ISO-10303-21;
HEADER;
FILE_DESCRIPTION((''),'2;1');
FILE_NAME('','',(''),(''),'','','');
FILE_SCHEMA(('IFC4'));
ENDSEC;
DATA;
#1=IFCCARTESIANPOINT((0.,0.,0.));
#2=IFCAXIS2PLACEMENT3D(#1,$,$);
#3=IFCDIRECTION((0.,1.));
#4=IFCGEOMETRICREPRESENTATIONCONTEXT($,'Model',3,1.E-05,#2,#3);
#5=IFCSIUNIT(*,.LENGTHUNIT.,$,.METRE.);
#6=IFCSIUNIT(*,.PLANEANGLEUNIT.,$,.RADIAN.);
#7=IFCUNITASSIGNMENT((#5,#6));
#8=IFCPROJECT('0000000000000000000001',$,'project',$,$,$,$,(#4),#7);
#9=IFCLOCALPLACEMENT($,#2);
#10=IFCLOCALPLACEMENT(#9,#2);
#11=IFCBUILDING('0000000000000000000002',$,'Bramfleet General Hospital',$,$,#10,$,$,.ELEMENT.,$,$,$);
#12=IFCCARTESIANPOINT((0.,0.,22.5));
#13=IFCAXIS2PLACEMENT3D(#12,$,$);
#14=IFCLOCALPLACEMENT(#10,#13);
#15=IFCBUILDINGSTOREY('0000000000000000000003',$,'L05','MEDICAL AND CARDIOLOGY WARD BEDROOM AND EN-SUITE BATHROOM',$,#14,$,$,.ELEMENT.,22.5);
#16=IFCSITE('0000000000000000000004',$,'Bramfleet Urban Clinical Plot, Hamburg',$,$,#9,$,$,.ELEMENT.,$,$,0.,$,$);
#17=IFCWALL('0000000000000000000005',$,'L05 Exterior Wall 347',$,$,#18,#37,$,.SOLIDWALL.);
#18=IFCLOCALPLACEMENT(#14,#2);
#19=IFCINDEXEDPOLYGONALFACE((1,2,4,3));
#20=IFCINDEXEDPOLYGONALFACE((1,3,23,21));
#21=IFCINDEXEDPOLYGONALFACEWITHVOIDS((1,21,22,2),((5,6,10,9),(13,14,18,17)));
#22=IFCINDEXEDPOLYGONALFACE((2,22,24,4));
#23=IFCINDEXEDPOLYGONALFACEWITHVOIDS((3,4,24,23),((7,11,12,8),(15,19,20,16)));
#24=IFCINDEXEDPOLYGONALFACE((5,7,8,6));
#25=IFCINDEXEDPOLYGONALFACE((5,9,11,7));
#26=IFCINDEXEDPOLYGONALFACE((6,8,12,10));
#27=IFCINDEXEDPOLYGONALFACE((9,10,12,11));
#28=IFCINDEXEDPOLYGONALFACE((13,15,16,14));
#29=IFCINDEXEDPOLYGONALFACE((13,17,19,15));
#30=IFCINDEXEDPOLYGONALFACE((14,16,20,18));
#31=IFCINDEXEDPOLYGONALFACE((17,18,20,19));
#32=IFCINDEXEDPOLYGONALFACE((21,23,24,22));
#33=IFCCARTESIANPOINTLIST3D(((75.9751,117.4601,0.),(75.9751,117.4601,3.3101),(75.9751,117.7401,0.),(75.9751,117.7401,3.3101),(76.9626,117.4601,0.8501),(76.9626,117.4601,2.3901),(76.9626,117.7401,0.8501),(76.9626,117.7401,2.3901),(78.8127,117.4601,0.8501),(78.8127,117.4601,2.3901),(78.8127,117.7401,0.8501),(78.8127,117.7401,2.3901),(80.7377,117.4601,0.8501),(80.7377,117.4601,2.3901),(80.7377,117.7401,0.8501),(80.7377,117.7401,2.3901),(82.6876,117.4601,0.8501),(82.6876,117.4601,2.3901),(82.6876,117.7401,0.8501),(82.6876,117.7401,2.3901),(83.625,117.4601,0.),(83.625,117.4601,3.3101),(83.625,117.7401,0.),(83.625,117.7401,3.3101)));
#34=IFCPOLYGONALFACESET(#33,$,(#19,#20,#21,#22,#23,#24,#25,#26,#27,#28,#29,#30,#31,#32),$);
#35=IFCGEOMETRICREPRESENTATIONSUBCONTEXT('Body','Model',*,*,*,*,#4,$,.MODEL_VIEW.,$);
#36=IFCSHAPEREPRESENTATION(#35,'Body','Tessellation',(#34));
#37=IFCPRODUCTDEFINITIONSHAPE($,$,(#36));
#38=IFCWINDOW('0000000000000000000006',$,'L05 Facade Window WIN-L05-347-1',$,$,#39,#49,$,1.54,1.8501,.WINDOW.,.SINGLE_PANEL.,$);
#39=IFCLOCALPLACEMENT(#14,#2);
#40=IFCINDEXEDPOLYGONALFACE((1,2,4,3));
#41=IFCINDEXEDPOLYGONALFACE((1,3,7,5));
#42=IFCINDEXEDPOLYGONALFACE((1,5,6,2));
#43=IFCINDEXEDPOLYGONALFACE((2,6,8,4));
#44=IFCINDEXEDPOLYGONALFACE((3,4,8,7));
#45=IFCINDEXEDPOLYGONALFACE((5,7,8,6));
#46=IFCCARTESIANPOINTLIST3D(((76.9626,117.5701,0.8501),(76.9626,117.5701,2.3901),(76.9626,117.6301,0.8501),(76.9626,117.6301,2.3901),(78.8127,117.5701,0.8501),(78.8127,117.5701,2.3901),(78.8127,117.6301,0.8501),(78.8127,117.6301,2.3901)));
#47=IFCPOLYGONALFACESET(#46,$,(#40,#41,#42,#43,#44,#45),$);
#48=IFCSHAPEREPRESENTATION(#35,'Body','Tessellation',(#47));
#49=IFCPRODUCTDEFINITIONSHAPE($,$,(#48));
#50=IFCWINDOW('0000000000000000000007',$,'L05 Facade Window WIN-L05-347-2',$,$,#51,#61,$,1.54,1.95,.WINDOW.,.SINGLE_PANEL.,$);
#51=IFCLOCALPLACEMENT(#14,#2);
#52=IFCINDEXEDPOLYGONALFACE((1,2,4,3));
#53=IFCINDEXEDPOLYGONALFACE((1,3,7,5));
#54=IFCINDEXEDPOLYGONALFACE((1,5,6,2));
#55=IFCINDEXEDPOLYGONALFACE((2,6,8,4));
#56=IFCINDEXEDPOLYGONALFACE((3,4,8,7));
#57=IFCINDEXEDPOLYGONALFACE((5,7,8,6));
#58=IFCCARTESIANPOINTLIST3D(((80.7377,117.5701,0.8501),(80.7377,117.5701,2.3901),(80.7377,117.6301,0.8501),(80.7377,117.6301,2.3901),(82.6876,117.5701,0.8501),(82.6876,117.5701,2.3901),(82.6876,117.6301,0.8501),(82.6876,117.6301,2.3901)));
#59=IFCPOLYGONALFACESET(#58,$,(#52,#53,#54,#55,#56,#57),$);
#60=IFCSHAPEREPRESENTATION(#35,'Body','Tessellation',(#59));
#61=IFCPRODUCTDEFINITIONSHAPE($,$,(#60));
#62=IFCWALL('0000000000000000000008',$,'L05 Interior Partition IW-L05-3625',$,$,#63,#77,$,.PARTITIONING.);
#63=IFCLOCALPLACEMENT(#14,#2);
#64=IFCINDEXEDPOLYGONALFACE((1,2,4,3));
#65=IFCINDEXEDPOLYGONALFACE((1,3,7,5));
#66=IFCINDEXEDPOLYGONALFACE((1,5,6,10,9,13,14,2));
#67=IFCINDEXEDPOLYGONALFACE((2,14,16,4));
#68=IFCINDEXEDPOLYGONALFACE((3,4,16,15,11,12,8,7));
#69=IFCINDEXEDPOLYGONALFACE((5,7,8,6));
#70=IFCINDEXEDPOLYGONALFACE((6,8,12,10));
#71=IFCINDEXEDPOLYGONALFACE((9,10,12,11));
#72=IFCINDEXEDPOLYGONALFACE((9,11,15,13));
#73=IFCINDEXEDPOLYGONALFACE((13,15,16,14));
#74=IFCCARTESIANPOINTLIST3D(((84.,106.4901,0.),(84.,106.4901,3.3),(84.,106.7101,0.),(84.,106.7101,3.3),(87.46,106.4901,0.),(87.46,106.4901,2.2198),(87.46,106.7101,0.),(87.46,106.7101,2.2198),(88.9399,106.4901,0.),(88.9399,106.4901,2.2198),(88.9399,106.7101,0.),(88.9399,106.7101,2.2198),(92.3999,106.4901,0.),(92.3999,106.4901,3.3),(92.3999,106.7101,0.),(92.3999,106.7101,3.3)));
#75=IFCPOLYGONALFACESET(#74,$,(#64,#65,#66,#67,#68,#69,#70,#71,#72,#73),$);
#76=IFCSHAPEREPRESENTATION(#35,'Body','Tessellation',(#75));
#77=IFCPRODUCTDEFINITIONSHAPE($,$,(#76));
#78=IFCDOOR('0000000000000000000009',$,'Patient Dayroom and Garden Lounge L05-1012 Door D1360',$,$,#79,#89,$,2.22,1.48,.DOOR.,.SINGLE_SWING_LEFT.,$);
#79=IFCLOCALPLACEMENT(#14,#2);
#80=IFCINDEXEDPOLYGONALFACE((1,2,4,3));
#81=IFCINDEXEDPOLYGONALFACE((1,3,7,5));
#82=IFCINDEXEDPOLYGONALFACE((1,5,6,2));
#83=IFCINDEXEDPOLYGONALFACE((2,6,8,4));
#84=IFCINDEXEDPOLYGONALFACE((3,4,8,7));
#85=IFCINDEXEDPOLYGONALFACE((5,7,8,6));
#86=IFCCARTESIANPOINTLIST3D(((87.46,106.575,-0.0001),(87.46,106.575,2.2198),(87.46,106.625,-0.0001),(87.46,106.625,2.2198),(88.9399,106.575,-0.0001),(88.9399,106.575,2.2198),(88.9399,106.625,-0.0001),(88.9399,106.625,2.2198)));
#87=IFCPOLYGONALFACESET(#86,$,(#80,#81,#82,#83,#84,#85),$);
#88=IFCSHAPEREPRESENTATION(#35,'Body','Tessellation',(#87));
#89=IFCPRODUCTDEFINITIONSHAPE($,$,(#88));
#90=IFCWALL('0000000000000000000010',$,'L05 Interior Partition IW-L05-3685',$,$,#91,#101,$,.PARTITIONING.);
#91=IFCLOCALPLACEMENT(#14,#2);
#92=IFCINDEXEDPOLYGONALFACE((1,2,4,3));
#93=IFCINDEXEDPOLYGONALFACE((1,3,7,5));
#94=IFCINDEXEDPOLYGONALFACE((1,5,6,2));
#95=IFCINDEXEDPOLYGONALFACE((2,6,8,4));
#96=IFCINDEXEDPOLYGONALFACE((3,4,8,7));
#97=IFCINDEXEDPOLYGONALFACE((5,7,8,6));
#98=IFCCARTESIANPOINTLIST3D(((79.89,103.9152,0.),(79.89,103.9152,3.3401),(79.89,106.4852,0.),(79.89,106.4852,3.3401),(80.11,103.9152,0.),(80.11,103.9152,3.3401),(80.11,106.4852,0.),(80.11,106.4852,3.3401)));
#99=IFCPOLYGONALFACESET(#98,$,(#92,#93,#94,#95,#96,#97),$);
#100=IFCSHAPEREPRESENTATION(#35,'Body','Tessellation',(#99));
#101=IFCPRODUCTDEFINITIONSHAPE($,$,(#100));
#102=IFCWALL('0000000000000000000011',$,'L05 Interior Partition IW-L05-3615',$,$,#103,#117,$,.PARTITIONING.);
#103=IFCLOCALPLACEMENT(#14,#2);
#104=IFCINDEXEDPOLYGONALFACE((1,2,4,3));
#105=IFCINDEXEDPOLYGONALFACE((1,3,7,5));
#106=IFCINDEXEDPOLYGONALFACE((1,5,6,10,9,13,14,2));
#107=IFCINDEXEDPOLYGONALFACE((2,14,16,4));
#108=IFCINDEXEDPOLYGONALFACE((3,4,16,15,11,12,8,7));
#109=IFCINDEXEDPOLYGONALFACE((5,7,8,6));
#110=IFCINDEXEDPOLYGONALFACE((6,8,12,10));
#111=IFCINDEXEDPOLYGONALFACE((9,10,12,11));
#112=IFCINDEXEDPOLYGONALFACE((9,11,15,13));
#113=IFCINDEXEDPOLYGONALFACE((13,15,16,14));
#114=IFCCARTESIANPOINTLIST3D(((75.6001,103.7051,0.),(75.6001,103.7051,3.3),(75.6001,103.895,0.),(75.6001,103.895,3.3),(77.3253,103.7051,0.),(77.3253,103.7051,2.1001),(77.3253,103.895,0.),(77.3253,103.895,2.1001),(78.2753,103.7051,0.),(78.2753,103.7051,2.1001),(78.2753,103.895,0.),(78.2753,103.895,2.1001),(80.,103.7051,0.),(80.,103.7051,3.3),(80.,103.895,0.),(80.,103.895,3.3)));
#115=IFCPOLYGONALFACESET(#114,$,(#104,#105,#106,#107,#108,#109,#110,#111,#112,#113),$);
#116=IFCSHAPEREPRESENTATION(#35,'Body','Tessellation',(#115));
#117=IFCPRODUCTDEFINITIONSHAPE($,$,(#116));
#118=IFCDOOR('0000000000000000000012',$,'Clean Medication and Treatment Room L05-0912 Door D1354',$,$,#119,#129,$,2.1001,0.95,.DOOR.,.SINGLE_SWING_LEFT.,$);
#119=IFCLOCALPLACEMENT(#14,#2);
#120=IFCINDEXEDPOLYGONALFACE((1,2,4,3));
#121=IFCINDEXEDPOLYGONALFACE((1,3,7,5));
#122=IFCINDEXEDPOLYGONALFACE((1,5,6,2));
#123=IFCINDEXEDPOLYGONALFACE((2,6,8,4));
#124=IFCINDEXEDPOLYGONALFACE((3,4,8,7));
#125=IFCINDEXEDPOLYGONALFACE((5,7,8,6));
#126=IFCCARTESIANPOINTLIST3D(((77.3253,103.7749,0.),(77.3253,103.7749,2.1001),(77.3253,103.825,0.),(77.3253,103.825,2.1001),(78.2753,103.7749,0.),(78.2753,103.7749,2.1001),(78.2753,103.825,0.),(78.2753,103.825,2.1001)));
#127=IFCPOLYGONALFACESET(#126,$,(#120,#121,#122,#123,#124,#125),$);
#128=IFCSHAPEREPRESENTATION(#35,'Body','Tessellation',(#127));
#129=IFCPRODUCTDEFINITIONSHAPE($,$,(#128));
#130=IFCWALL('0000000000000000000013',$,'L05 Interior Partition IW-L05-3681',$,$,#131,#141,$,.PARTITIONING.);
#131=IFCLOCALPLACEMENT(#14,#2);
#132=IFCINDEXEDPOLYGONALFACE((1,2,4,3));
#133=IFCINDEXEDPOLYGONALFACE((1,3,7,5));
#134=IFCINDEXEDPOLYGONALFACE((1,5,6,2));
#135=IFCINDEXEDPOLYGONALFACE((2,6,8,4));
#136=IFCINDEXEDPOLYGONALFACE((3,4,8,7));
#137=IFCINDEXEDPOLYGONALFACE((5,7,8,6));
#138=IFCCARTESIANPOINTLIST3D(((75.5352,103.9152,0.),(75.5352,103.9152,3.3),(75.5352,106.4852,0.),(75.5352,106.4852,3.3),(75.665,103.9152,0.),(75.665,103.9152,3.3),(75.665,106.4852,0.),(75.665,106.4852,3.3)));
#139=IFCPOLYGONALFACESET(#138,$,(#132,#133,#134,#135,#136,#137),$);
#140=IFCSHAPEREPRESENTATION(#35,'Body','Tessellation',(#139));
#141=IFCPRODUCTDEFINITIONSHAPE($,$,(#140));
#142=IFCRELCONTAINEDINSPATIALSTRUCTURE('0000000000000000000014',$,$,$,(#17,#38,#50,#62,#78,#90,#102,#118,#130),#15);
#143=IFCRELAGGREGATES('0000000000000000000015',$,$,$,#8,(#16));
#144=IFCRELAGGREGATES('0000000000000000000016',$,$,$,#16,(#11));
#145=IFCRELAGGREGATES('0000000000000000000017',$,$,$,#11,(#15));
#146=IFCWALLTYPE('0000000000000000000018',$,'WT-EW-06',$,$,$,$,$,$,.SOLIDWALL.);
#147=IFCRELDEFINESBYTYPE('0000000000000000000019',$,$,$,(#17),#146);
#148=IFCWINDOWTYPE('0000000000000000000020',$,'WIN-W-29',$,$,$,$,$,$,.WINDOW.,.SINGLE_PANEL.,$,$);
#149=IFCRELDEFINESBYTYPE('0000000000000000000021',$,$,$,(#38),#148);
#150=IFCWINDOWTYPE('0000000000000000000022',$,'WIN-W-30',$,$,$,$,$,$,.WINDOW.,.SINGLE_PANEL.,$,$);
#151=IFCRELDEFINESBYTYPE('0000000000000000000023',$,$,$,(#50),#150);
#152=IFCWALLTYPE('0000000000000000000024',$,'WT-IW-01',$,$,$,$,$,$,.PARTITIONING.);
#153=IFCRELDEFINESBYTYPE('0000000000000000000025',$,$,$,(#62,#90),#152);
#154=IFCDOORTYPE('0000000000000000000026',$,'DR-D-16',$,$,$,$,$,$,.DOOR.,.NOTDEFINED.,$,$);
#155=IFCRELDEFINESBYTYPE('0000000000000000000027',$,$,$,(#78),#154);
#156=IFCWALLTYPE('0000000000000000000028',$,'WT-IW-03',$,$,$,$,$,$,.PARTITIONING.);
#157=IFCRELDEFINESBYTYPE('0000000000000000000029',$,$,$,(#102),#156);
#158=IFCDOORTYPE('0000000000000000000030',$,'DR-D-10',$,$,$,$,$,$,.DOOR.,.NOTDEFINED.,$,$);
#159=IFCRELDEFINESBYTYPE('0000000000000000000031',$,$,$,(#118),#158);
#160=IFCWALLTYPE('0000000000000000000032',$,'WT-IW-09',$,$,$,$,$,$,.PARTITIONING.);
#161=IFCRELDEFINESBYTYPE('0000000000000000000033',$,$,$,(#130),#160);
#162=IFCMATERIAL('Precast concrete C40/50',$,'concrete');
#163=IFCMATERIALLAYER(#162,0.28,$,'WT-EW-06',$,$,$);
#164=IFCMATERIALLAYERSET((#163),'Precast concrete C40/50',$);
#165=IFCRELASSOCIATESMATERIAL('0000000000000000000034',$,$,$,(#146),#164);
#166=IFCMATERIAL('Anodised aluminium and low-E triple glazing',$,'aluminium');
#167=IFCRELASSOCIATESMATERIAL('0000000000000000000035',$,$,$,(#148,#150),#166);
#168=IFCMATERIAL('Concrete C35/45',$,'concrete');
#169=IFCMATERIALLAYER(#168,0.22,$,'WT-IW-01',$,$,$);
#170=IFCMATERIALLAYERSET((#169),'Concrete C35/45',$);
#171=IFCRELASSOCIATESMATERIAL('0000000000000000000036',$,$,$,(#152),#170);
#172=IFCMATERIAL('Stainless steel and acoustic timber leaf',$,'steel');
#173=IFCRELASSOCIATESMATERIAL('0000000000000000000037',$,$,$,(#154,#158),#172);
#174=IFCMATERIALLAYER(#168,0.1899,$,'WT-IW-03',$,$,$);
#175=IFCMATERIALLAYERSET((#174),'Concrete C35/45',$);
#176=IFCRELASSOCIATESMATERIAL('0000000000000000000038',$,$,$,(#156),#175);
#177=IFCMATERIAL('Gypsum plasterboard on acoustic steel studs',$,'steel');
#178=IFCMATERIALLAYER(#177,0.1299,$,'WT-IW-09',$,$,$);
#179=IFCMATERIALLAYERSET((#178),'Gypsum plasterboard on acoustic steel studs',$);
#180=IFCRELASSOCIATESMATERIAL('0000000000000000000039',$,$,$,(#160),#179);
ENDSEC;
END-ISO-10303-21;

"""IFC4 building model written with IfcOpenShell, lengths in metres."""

from ifc_helpers import new_model, si_unit, direction, frame, frame_2d, origin, place, context, subcontext, project, spatial, rectangle, extrude, material, layer, layer_set, type_object, element, fill, save


model = new_model("IFC4")

# Units and contexts
model_context = context("Model", 3, precision=1e-05, world=origin(), true_north=direction((0.0, 1.0)))
body_context = subcontext(model_context, "Body", "Model", "MODEL_VIEW")
ifc_project = project(units=[si_unit("LENGTHUNIT", "METRE"), si_unit("PLANEANGLEUNIT", "RADIAN")], contexts=[model_context])

# Site, building, storey
site_placement = place(None, origin())
site = spatial("IfcSite", under=ifc_project, at=site_placement, Name="Bramfleet Urban Clinical Plot, Hamburg", CompositionType="ELEMENT", RefElevation=0.0)
building_placement = place(site_placement, origin())
building = spatial("IfcBuilding", under=site, at=building_placement, Name="Bramfleet General Hospital", CompositionType="ELEMENT")
storey_placement = place(building_placement, frame((0.0, 0.0, 22.5)))
storey = spatial("IfcBuildingStorey", under=building, at=storey_placement, Name="L05", Description="MEDICAL AND CARDIOLOGY WARD BEDROOM AND EN-SUITE BATHROOM", CompositionType="ELEMENT", Elevation=22.5)

# Wall, openings, windows
ifc_material_1 = material(Name="Precast concrete C40/50", Category="concrete")
ifc_layer_1 = layer(ifc_material_1, 0.28, Name="WT-EW-06")
ifc_layer_set_1 = layer_set([ifc_layer_1], Name="Precast concrete C40/50")
wall_type_1 = type_object("IfcWallType", Name="WT-EW-06", PredefinedType="SOLIDWALL", material=ifc_layer_set_1)
wall_1_placement = place(storey_placement, frame((75.9751, 117.6001, 0.0), z_axis=(0.0, 0.0, 1.0), x_axis=(1.0, 0.0, 0.0)))
wall_1 = element("IfcWall", 1, at=wall_1_placement, inside=storey, type_object=wall_type_1, Name="L05 Exterior Wall 347", PredefinedType="SOLIDWALL", context=body_context, shape_type="SweptSolid", body=[
    extrude(rectangle(XDim=7.6499, YDim=0.28, at=frame_2d((3.825, 0.0))), origin(), (0.0, 0.0, 1.0), 3.3101),
])
opening_1_placement = place(wall_1_placement, frame((0.9875, 0.0, 0.8501)))
opening_1 = element("IfcOpeningElement", 2, at=opening_1_placement, cuts=wall_1, PredefinedType="OPENING", context=body_context, shape_type="SweptSolid", body=[
    extrude(rectangle(XDim=1.8501, YDim=1.54, at=frame_2d((0.925, 0.77))), frame((0.0, 0.1499, 0.0), z_axis=(0.0, -1.0, 0.0), x_axis=(1.0, 0.0, 0.0)), (0.0, 0.0, 1.0), 0.3),
])
opening_2_placement = place(wall_1_placement, frame((4.7625, 0.0, 0.8501)))
opening_2 = element("IfcOpeningElement", 3, at=opening_2_placement, cuts=wall_1, PredefinedType="OPENING", context=body_context, shape_type="SweptSolid", body=[
    extrude(rectangle(XDim=1.95, YDim=1.54, at=frame_2d((0.9751, 0.77))), frame((0.0, 0.1499, 0.0), z_axis=(0.0, -1.0, 0.0), x_axis=(1.0, 0.0, 0.0)), (0.0, 0.0, 1.0), 0.3),
])
ifc_material_2 = material(Name="Anodised aluminium and low-E triple glazing", Category="aluminium")
window_type_1 = type_object("IfcWindowType", Name="WIN-W-29", PartitioningType="SINGLE_PANEL", PredefinedType="WINDOW", material=ifc_material_2)
window_1_placement = place(opening_1_placement, origin())
window_1 = element("IfcWindow", 4, at=window_1_placement, inside=storey, type_object=window_type_1, Name="L05 Facade Window WIN-L05-347-1", OverallHeight=1.54, OverallWidth=1.8501, PartitioningType="SINGLE_PANEL", PredefinedType="WINDOW", context=body_context, shape_type="SweptSolid", body=[
    extrude(rectangle(XDim=1.8501, YDim=1.54, at=frame_2d((0.925, 0.77))), frame((0.0, 0.03, 0.0), z_axis=(0.0, -1.0, 0.0), x_axis=(1.0, 0.0, 0.0)), (0.0, 0.0, 1.0), 0.0601),
])
fill(opening_1, window_1)
window_type_2 = type_object("IfcWindowType", Name="WIN-W-30", PartitioningType="SINGLE_PANEL", PredefinedType="WINDOW", material=ifc_material_2)
window_2_placement = place(opening_2_placement, origin())
window_2 = element("IfcWindow", 5, at=window_2_placement, inside=storey, type_object=window_type_2, Name="L05 Facade Window WIN-L05-347-2", OverallHeight=1.54, OverallWidth=1.95, PartitioningType="SINGLE_PANEL", PredefinedType="WINDOW", context=body_context, shape_type="SweptSolid", body=[
    extrude(rectangle(XDim=1.95, YDim=1.54, at=frame_2d((0.9751, 0.77))), frame((0.0, 0.03, 0.0), z_axis=(0.0, -1.0, 0.0), x_axis=(1.0, 0.0, 0.0)), (0.0, 0.0, 1.0), 0.0601),
])
fill(opening_2, window_2)

# Wall, opening, door
ifc_material_3 = material(Name="Concrete C35/45", Category="concrete")
ifc_layer_2 = layer(ifc_material_3, 0.22, Name="WT-IW-01")
ifc_layer_set_2 = layer_set([ifc_layer_2], Name="Concrete C35/45")
wall_type_2 = type_object("IfcWallType", Name="WT-IW-01", PredefinedType="PARTITIONING", material=ifc_layer_set_2)
wall_2_placement = place(storey_placement, frame((84.0, 106.6001, 0.0), z_axis=(0.0, 0.0, 1.0), x_axis=(1.0, 0.0, 0.0)))
wall_2 = element("IfcWall", 6, at=wall_2_placement, inside=storey, type_object=wall_type_2, Name="L05 Interior Partition IW-L05-3625", PredefinedType="PARTITIONING", context=body_context, shape_type="SweptSolid", body=[
    extrude(rectangle(XDim=8.3999, YDim=0.22, at=frame_2d((4.2, 0.0))), origin(), (0.0, 0.0, 1.0), 3.3),
])
opening_3_placement = place(wall_2_placement, frame((3.46, 0.0, 0.0)))
opening_3 = element("IfcOpeningElement", 7, at=opening_3_placement, cuts=wall_2, PredefinedType="OPENING", context=body_context, shape_type="SweptSolid", body=[
    extrude(rectangle(XDim=1.48, YDim=2.22, at=frame_2d((0.74, 1.1099))), frame((0.0, 0.1199, 0.0), z_axis=(0.0, -1.0, 0.0), x_axis=(1.0, 0.0, 0.0)), (0.0, 0.0, 1.0), 0.24),
])
ifc_material_4 = material(Name="Stainless steel and acoustic timber leaf", Category="steel")
door_type_1 = type_object("IfcDoorType", Name="DR-D-16", OperationType="NOTDEFINED", PredefinedType="DOOR", material=ifc_material_4)
door_1_placement = place(opening_3_placement, origin())
door_1 = element("IfcDoor", 8, at=door_1_placement, inside=storey, type_object=door_type_1, Name="Patient Dayroom and Garden Lounge L05-1012 Door D1360", OperationType="SINGLE_SWING_LEFT", OverallHeight=2.22, OverallWidth=1.48, PredefinedType="DOOR", context=body_context, shape_type="SweptSolid", body=[
    extrude(rectangle(XDim=1.48, YDim=2.22, at=frame_2d((0.74, 1.1099))), frame((0.0, 0.0249, 0.0), z_axis=(0.0, -1.0, 0.0), x_axis=(1.0, 0.0, 0.0)), (0.0, 0.0, 1.0), 0.05),
])
fill(opening_3, door_1)

# Wall
wall_3_placement = place(storey_placement, frame((80.0, 103.915, 0.0), z_axis=(0.0, 0.0, 1.0), x_axis=(0.0, 1.0, 0.0)))
element("IfcWall", 9, at=wall_3_placement, inside=storey, type_object=wall_type_2, Name="L05 Interior Partition IW-L05-3685", PredefinedType="PARTITIONING", context=body_context, shape_type="SweptSolid", body=[
    extrude(rectangle(XDim=2.5701, YDim=0.22, at=frame_2d((1.2852, 0.0))), origin(), (0.0, 0.0, 1.0), 3.3401),
])

# Wall, opening, door
ifc_layer_3 = layer(ifc_material_3, 0.1899, Name="WT-IW-03")
ifc_layer_set_3 = layer_set([ifc_layer_3], Name="Concrete C35/45")
wall_type_3 = type_object("IfcWallType", Name="WT-IW-03", PredefinedType="PARTITIONING", material=ifc_layer_set_3)
wall_4_placement = place(storey_placement, frame((75.6001, 103.8, 0.0), z_axis=(0.0, 0.0, 1.0), x_axis=(1.0, 0.0, 0.0)))
wall_4 = element("IfcWall", 10, at=wall_4_placement, inside=storey, type_object=wall_type_3, Name="L05 Interior Partition IW-L05-3615", PredefinedType="PARTITIONING", context=body_context, shape_type="SweptSolid", body=[
    extrude(rectangle(XDim=4.3999, YDim=0.1899, at=frame_2d((2.2, 0.0))), origin(), (0.0, 0.0, 1.0), 3.3),
])
opening_4_placement = place(wall_4_placement, frame((1.7251, 0.0, 0.0)))
opening_4 = element("IfcOpeningElement", 11, at=opening_4_placement, cuts=wall_4, PredefinedType="OPENING", context=body_context, shape_type="SweptSolid", body=[
    extrude(rectangle(XDim=0.95, YDim=2.1001, at=frame_2d((0.4751, 1.05))), frame((0.0, 0.105, 0.0), z_axis=(0.0, -1.0, 0.0), x_axis=(1.0, 0.0, 0.0)), (0.0, 0.0, 1.0), 0.21),
])
door_type_2 = type_object("IfcDoorType", Name="DR-D-10", OperationType="NOTDEFINED", PredefinedType="DOOR", material=ifc_material_4)
door_2_placement = place(opening_4_placement, origin())
door_2 = element("IfcDoor", 12, at=door_2_placement, inside=storey, type_object=door_type_2, Name="Clean Medication and Treatment Room L05-0912 Door D1354", OperationType="SINGLE_SWING_LEFT", OverallHeight=2.1001, OverallWidth=0.95, PredefinedType="DOOR", context=body_context, shape_type="SweptSolid", body=[
    extrude(rectangle(XDim=0.95, YDim=2.1001, at=frame_2d((0.4751, 1.05))), frame((0.0, 0.0249, 0.0), z_axis=(0.0, -1.0, 0.0), x_axis=(1.0, 0.0, 0.0)), (0.0, 0.0, 1.0), 0.05),
])
fill(opening_4, door_2)

# Wall
ifc_material_5 = material(Name="Gypsum plasterboard on acoustic steel studs", Category="steel")
ifc_layer_4 = layer(ifc_material_5, 0.1299, Name="WT-IW-09")
ifc_layer_set_4 = layer_set([ifc_layer_4], Name="Gypsum plasterboard on acoustic steel studs")
wall_type_4 = type_object("IfcWallType", Name="WT-IW-09", PredefinedType="PARTITIONING", material=ifc_layer_set_4)
wall_5_placement = place(storey_placement, frame((75.6001, 103.915, 0.0), z_axis=(0.0, 0.0, 1.0), x_axis=(0.0, 1.0, 0.0)))
element("IfcWall", 13, at=wall_5_placement, inside=storey, type_object=wall_type_4, Name="L05 Interior Partition IW-L05-3681", PredefinedType="PARTITIONING", context=body_context, shape_type="SweptSolid", body=[
    extrude(rectangle(XDim=2.5701, YDim=0.1299, at=frame_2d((1.2852, 0.0))), origin(), (0.0, 0.0, 1.0), 3.3),
])

save(model, "model.ifc")
